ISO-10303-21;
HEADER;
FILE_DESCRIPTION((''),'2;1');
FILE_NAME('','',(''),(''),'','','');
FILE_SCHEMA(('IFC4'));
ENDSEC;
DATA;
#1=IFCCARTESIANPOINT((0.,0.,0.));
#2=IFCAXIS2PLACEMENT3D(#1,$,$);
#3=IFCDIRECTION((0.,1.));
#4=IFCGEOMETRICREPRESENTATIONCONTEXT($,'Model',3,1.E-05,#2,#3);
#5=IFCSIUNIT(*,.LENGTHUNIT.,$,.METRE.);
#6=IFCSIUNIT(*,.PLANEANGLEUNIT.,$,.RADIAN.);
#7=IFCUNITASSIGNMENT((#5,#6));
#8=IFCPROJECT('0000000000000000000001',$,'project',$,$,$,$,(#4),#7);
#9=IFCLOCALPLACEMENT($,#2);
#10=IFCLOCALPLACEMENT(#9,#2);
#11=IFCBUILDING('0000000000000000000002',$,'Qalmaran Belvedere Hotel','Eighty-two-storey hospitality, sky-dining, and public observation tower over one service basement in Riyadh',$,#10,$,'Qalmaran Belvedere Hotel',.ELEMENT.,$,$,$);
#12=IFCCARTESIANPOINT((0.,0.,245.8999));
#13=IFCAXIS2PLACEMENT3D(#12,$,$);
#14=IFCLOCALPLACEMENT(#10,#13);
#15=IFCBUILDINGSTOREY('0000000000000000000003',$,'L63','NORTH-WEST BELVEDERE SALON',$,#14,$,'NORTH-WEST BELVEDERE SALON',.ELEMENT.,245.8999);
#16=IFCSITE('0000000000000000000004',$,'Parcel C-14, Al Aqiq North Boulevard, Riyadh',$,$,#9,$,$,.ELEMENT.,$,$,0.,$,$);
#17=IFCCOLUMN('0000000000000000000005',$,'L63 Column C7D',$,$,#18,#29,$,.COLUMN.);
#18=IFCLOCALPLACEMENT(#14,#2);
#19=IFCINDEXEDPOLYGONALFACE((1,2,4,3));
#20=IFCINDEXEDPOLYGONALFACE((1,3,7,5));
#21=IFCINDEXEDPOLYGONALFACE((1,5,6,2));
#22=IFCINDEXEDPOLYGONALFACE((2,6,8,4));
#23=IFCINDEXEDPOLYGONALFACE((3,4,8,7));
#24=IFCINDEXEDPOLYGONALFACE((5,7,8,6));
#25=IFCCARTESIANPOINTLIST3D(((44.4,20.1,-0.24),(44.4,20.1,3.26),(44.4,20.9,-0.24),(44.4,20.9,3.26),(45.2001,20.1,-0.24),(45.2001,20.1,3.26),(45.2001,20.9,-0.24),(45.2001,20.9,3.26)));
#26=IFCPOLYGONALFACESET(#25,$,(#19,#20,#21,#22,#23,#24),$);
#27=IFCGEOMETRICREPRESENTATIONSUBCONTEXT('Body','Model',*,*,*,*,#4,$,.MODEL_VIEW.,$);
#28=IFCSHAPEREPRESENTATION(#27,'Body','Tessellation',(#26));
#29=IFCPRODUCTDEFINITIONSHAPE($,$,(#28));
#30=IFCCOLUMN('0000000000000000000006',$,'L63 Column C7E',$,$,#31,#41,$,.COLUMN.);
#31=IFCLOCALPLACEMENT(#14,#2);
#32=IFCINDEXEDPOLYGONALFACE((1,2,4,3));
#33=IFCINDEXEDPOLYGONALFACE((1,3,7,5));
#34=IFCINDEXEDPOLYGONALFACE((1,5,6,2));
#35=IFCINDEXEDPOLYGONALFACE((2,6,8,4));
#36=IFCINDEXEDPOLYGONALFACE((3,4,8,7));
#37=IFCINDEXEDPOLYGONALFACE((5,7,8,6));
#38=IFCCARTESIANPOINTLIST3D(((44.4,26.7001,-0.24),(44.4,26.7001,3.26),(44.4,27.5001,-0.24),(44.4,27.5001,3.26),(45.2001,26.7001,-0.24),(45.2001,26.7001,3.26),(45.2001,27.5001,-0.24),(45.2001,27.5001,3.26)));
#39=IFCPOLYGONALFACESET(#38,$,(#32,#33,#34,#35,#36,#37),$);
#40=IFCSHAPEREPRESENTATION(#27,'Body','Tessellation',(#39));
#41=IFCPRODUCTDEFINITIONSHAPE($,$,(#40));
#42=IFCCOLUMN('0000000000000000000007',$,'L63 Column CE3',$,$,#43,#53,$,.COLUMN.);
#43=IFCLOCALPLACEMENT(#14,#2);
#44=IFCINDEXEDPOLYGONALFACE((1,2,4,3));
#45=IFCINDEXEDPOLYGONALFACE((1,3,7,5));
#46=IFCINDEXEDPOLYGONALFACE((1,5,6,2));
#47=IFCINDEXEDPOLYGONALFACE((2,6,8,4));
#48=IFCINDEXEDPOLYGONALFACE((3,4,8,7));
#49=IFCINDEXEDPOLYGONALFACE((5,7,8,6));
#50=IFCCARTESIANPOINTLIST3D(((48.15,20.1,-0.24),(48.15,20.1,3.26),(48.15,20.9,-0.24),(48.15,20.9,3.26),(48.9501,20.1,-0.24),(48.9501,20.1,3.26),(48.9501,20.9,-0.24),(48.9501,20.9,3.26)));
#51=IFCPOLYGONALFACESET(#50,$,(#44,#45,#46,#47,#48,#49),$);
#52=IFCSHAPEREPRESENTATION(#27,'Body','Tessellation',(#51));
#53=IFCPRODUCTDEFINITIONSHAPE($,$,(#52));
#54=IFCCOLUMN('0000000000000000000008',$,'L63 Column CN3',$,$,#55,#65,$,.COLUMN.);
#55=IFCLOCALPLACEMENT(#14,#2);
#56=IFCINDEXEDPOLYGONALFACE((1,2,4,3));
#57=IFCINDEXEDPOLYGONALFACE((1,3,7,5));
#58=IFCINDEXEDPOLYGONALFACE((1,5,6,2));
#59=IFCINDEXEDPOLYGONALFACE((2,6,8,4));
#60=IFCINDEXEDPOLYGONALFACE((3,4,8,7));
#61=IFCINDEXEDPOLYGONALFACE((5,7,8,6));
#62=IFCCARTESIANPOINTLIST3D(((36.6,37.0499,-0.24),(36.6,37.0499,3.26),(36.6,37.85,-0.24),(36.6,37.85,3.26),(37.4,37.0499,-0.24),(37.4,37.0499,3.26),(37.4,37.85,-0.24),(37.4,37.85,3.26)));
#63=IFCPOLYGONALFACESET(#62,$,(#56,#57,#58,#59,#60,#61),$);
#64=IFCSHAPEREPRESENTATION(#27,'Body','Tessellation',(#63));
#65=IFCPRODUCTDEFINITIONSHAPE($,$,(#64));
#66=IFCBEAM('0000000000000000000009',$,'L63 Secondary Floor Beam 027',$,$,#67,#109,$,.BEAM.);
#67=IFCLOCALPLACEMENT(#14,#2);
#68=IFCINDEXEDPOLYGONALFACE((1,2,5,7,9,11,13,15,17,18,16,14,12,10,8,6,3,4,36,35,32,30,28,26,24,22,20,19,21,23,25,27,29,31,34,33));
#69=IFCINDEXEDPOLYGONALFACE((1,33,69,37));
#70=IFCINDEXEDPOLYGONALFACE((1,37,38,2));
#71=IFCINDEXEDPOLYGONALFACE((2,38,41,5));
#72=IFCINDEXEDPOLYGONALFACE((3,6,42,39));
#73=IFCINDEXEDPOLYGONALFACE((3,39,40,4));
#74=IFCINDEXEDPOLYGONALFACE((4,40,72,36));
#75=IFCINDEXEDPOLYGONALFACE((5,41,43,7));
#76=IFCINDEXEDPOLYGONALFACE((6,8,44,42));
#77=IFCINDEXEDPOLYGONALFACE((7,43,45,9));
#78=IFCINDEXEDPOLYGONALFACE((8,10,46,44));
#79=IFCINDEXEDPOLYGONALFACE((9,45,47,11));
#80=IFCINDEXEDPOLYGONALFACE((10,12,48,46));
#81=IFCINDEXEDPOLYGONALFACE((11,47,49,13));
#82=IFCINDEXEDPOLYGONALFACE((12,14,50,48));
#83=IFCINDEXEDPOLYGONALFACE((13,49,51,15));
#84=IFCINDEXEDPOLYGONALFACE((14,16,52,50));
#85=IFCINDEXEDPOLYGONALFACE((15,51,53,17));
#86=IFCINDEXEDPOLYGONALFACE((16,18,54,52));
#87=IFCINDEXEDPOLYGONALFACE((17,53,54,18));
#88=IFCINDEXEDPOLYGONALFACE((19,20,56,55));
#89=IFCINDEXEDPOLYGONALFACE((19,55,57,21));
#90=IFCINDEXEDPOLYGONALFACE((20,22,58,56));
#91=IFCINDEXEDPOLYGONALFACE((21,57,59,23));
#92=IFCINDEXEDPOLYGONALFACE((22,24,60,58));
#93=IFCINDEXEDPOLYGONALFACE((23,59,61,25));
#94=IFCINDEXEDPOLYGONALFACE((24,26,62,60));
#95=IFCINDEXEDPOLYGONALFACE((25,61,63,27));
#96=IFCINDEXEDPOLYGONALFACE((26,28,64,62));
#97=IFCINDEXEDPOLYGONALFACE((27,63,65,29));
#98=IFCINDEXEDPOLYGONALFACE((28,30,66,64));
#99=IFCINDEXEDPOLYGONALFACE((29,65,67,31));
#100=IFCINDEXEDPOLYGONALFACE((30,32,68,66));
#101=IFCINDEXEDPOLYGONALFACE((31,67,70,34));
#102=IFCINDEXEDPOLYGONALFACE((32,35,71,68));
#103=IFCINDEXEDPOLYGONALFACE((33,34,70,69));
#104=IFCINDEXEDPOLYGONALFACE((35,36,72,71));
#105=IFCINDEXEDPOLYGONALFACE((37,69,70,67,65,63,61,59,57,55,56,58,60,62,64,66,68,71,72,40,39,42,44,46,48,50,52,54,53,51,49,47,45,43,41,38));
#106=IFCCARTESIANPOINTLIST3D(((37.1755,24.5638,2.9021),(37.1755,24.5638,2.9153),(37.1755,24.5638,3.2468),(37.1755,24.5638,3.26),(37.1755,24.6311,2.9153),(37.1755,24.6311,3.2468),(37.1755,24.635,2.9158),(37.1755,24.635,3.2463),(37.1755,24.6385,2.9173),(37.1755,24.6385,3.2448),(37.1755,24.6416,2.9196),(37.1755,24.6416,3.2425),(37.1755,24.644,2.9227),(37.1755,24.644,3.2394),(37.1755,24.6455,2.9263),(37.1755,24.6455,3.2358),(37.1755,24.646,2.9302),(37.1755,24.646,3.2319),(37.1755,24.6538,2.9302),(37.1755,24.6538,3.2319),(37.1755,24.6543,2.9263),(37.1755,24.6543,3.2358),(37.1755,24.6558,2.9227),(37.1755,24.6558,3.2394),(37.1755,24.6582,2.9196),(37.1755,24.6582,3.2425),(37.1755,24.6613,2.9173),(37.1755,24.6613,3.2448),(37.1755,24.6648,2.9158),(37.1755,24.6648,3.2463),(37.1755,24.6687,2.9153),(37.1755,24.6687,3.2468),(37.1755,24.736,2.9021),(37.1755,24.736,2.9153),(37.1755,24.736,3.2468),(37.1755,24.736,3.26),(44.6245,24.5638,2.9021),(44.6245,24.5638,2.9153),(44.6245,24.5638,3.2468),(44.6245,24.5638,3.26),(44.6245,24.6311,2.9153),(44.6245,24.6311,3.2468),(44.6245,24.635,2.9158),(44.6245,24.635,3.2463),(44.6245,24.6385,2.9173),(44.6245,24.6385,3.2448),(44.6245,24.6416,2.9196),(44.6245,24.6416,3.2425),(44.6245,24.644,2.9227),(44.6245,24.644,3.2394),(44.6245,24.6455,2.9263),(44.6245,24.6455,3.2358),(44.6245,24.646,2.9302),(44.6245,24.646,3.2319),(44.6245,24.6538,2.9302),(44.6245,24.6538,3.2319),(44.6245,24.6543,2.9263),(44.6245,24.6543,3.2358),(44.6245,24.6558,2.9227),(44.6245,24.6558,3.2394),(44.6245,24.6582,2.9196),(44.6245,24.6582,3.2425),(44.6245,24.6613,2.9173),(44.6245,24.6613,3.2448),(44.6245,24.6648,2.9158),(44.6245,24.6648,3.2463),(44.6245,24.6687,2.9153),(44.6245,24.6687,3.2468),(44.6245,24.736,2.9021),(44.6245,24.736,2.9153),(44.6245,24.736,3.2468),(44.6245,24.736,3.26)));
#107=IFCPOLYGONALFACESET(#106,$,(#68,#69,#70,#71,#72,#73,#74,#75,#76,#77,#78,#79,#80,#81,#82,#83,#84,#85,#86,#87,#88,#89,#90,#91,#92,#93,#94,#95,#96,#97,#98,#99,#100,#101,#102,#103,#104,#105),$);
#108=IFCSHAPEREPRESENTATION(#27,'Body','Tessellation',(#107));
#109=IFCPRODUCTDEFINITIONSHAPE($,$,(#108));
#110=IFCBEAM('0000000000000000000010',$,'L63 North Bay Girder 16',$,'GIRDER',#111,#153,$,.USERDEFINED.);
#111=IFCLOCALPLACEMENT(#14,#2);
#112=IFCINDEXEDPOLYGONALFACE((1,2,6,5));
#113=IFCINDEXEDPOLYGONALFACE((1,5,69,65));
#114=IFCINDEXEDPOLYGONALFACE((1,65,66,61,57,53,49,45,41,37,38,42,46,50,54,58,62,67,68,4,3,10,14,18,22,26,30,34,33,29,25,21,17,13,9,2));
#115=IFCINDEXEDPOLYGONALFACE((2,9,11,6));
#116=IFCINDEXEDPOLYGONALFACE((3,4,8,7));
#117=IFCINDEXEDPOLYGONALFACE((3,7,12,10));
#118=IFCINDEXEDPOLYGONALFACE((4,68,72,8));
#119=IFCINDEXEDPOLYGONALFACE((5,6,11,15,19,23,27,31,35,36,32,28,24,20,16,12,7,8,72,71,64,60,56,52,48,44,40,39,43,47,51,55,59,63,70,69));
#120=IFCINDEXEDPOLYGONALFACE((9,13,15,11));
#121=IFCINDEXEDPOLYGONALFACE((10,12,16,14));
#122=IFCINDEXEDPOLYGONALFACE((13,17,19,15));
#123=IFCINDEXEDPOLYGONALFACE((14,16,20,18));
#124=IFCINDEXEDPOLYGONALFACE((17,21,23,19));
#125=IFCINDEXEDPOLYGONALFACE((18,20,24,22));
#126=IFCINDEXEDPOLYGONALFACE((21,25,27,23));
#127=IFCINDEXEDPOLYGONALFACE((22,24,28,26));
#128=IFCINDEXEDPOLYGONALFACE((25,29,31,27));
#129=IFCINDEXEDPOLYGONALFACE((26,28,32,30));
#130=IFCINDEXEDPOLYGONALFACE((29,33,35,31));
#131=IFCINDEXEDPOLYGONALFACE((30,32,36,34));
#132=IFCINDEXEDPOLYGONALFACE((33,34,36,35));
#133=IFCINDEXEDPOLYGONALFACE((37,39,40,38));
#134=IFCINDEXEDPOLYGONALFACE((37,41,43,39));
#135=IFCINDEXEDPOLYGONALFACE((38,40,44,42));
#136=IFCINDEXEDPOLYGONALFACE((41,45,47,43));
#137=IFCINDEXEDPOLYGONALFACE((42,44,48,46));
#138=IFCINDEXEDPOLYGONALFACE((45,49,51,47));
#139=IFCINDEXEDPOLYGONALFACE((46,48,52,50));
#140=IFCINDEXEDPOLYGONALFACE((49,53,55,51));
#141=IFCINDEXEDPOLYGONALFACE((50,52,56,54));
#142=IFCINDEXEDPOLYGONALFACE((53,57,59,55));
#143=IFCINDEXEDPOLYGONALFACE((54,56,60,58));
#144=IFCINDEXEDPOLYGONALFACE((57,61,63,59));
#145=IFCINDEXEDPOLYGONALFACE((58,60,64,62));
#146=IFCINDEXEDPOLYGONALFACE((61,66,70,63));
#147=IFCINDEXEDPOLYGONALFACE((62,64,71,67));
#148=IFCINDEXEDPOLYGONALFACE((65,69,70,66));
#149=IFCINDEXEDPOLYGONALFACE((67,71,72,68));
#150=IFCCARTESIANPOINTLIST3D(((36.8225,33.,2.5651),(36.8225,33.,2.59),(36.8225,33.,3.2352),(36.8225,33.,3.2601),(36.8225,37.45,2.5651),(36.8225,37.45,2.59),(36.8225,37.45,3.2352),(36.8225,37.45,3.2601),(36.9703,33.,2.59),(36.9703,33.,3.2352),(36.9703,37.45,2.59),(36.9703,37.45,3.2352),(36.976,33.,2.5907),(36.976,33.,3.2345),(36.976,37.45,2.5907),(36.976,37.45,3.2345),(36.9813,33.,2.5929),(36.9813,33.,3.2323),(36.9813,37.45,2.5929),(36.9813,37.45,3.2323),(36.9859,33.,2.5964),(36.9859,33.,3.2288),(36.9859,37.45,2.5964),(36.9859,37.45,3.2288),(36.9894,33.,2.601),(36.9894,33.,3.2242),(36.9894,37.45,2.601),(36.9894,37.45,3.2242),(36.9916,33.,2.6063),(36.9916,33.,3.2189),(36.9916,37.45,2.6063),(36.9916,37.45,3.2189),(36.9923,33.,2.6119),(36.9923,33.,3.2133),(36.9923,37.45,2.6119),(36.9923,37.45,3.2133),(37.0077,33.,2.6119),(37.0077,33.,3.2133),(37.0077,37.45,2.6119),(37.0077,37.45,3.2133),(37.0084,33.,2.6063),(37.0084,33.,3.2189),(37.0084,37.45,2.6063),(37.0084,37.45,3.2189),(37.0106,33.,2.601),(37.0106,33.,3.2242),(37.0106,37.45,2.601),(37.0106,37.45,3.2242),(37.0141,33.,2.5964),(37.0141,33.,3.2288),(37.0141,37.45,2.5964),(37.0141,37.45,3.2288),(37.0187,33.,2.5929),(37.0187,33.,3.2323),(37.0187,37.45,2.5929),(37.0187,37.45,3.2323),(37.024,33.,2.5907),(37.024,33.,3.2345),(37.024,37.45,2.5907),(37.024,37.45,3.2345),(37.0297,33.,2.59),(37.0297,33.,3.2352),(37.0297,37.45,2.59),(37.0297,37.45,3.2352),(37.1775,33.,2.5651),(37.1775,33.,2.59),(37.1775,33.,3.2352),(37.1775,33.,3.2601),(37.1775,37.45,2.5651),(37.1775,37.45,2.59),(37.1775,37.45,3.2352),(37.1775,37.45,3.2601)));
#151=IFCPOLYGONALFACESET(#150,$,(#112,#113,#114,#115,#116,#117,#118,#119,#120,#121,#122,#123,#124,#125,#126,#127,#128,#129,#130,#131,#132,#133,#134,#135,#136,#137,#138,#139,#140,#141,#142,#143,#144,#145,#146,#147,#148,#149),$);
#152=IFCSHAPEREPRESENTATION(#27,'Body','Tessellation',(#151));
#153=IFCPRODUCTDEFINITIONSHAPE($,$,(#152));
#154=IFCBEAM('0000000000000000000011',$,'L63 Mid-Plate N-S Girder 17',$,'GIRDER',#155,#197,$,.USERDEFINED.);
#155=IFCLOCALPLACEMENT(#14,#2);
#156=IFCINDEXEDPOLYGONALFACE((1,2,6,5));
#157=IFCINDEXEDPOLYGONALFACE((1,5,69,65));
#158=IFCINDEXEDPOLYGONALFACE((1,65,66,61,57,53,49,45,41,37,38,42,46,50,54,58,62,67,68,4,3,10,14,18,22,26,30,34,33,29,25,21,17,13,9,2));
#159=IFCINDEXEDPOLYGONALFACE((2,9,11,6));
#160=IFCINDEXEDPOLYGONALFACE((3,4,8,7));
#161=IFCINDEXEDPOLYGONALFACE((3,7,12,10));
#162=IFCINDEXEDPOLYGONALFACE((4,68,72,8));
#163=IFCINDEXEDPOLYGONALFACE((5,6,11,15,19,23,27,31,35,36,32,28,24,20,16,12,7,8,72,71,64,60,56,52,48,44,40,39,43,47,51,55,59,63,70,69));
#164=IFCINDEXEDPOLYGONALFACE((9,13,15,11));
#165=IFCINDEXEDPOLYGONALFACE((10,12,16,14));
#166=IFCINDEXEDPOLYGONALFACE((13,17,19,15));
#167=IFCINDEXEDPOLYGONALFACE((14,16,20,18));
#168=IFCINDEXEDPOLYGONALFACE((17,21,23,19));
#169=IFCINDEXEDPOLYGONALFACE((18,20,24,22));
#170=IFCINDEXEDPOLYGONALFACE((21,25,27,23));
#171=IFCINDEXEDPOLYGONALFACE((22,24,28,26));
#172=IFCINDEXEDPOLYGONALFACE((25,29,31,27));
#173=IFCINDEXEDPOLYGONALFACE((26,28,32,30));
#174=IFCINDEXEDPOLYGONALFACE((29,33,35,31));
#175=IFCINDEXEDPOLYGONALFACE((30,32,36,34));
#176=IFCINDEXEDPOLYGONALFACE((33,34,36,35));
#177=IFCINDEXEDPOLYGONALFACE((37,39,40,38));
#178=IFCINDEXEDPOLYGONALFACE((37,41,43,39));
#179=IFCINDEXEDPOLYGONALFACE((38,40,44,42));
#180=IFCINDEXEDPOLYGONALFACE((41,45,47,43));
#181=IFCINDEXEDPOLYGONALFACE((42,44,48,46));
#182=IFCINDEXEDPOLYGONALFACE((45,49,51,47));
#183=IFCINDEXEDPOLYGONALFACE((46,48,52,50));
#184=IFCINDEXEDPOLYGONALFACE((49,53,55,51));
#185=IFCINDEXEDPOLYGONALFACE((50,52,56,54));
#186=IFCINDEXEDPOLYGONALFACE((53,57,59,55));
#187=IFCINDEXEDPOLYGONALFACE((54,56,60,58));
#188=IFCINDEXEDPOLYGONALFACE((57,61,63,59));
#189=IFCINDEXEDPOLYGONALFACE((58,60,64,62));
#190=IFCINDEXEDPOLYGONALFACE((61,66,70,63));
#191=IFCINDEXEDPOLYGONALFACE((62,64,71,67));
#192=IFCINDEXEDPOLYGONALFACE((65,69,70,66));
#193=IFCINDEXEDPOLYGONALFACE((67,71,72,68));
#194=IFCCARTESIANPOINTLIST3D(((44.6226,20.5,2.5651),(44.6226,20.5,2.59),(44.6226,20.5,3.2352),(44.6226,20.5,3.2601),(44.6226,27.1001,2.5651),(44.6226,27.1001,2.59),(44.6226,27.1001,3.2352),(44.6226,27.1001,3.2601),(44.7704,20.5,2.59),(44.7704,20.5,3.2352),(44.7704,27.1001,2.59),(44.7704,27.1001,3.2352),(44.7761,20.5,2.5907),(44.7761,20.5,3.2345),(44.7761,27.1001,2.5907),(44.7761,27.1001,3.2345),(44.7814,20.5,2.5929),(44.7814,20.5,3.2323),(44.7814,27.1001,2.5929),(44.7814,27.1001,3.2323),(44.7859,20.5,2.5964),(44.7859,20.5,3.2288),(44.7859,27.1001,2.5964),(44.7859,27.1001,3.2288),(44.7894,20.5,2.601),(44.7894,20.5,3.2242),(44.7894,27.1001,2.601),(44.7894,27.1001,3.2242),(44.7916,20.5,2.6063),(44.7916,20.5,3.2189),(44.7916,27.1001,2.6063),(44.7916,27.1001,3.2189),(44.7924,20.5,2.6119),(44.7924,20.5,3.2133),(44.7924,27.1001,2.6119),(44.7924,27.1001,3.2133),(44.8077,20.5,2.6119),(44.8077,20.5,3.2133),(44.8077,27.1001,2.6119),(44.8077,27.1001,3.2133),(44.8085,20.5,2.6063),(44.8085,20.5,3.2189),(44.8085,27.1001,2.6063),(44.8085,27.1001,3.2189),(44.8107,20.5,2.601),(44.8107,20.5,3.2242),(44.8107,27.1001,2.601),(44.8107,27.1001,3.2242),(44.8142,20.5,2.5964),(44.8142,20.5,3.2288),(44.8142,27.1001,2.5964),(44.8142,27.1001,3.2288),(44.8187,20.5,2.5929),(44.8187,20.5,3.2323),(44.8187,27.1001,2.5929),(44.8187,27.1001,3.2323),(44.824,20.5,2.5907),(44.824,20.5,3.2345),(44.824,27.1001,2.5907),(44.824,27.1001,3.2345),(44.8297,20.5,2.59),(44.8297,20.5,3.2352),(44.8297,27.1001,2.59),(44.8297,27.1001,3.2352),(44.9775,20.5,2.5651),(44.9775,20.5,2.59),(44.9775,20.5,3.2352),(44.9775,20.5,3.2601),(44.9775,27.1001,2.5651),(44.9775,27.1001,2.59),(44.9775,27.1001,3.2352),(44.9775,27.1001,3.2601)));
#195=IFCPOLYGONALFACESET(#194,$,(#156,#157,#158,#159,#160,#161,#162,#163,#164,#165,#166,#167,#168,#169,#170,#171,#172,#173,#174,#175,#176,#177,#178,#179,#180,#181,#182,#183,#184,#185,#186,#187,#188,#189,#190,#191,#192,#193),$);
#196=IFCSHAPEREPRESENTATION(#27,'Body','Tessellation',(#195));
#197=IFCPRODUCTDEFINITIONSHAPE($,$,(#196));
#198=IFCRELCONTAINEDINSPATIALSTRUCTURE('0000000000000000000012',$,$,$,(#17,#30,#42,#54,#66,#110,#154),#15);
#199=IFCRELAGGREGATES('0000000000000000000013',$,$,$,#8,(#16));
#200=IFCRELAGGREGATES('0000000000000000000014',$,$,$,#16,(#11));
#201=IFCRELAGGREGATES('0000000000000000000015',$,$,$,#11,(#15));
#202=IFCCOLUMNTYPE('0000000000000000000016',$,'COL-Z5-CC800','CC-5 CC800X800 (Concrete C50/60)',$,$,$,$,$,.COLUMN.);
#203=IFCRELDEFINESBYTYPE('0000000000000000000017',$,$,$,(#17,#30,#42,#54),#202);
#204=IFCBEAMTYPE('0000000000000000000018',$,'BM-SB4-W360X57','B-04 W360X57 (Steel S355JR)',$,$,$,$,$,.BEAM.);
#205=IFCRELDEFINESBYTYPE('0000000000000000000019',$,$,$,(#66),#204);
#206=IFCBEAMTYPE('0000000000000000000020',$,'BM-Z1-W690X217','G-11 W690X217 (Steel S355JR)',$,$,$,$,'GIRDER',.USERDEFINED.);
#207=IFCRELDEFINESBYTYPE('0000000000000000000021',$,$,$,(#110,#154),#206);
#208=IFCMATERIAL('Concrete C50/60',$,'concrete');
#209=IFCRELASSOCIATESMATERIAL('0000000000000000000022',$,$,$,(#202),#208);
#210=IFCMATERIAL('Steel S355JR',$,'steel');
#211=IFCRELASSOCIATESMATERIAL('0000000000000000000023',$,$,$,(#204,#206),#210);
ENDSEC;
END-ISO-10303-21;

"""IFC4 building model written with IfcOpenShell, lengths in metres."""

from ifc_helpers import new_model, si_unit, direction, frame, origin, origin_2d, place, context, subcontext, project, spatial, rectangle, i_section, extrude, material, material_profile, profile_set, type_object, element, save


model = new_model("IFC4")

# Units and contexts
model_context = context("Model", 3, precision=1e-05, world=origin(), true_north=direction((0.0, 1.0)))
body_context = subcontext(model_context, "Body", "Model", "MODEL_VIEW")
ifc_project = project(units=[si_unit("LENGTHUNIT", "METRE"), si_unit("PLANEANGLEUNIT", "RADIAN")], contexts=[model_context])

# Site, building, storey
site_placement = place(None, origin())
site = spatial("IfcSite", under=ifc_project, at=site_placement, Name="Parcel C-14, Al Aqiq North Boulevard, Riyadh", CompositionType="ELEMENT", RefElevation=0.0)
building_placement = place(site_placement, origin())
building = spatial("IfcBuilding", under=site, at=building_placement, Name="Qalmaran Belvedere Hotel", Description="Eighty-two-storey hospitality, sky-dining, and public observation tower over one service basement in Riyadh", LongName="Qalmaran Belvedere Hotel", CompositionType="ELEMENT")
storey_placement = place(building_placement, frame((0.0, 0.0, 245.8999)))
storey = spatial("IfcBuildingStorey", under=building, at=storey_placement, Name="L63", Description="NORTH-WEST BELVEDERE SALON", LongName="NORTH-WEST BELVEDERE SALON", CompositionType="ELEMENT", Elevation=245.8999)

# Columns
ifc_material_1 = material(Name="Concrete C50/60", Category="concrete")
ifc_material_profile_1 = material_profile(ifc_material_1, rectangle(XDim=0.8, YDim=0.8, at=origin_2d()), Name="CC800X800")
ifc_profile_set_1 = profile_set([ifc_material_profile_1], Name="Concrete C50/60")
column_type = type_object("IfcColumnType", Name="COL-Z5-CC800", Description="CC-5 CC800X800 (Concrete C50/60)", PredefinedType="COLUMN", material=ifc_profile_set_1)
for number, where, z_axis, x_axis, name in (
    (1, (44.8, 20.5, -0.24), (0.0, 0.0, 1.0), (1.0, 0.0, 0.0), "L63 Column C7D"),
    (2, (44.8, 27.1001, -0.24), (0.0, 0.0, 1.0), (1.0, 0.0, 0.0), "L63 Column C7E"),
    (3, (48.55, 20.5, -0.24), (0.0, 0.0, 1.0), (1.0, 0.0, 0.0), "L63 Column CE3"),
    (4, (37.0, 37.45, -0.24), (0.0, 0.0, 1.0), (1.0, 0.0, 0.0), "L63 Column CN3"),
):
    element("IfcColumn", number, at=place(storey_placement, frame(where, z_axis=z_axis, x_axis=x_axis)), inside=storey, type_object=column_type, Name=name, PredefinedType="COLUMN", context=body_context, shape_type="SweptSolid", body=[
        extrude(rectangle(XDim=0.8, YDim=0.8, at=origin_2d()), origin(), (0.0, 0.0, 1.0), 3.5),
    ])

# Beams
ifc_material_2 = material(Name="Steel S355JR", Category="steel")
ifc_material_profile_2 = material_profile(ifc_material_2, i_section(OverallWidth=0.1721, OverallDepth=0.3579, WebThickness=0.0078, FlangeThickness=0.0132, FilletRadius=0.0149, at=origin_2d()), Name="W360X57")
ifc_profile_set_2 = profile_set([ifc_material_profile_2], Name="Steel S355JR")
beam_type_1 = type_object("IfcBeamType", Name="BM-SB4-W360X57", Description="B-04 W360X57 (Steel S355JR)", PredefinedType="BEAM", material=ifc_profile_set_2)
beam_1_placement = place(storey_placement, frame((37.1755, 24.6499, 3.0811), z_axis=(1.0, 0.0, 0.0), x_axis=(0.0, 1.0, 0.0)))
element("IfcBeam", 5, at=beam_1_placement, inside=storey, type_object=beam_type_1, Name="L63 Secondary Floor Beam 027", PredefinedType="BEAM", context=body_context, shape_type="SweptSolid", body=[
    extrude(i_section(OverallWidth=0.1721, OverallDepth=0.3579, WebThickness=0.0078, FlangeThickness=0.0132, FilletRadius=0.0149, at=origin_2d()), origin(), (0.0, 0.0, 1.0), 7.449),
])
ifc_material_profile_3 = material_profile(ifc_material_2, i_section(OverallWidth=0.355, OverallDepth=0.6951, WebThickness=0.0154, FlangeThickness=0.0249, FilletRadius=0.022, at=origin_2d()), Name="W690X217")
ifc_profile_set_3 = profile_set([ifc_material_profile_3], Name="Steel S355JR")
beam_type_2 = type_object("IfcBeamType", Name="BM-Z1-W690X217", Description="G-11 W690X217 (Steel S355JR)", ElementType="GIRDER", PredefinedType="USERDEFINED", material=ifc_profile_set_3)
beam_2_placement = place(storey_placement, frame((37.0, 33.0, 2.9126), z_axis=(0.0, 1.0, 0.0), x_axis=(-1.0, 0.0, 0.0)))
element("IfcBeam", 6, at=beam_2_placement, inside=storey, type_object=beam_type_2, Name="L63 North Bay Girder 16", ObjectType="GIRDER", PredefinedType="USERDEFINED", context=body_context, shape_type="SweptSolid", body=[
    extrude(i_section(OverallWidth=0.355, OverallDepth=0.6951, WebThickness=0.0154, FlangeThickness=0.0249, FilletRadius=0.022, at=origin_2d()), origin(), (0.0, 0.0, 1.0), 4.45),
])
beam_3_placement = place(storey_placement, frame((44.8, 20.5, 2.9126), z_axis=(0.0, 1.0, 0.0), x_axis=(-1.0, 0.0, 0.0)))
element("IfcBeam", 7, at=beam_3_placement, inside=storey, type_object=beam_type_2, Name="L63 Mid-Plate N-S Girder 17", ObjectType="GIRDER", PredefinedType="USERDEFINED", context=body_context, shape_type="SweptSolid", body=[
    extrude(i_section(OverallWidth=0.355, OverallDepth=0.6951, WebThickness=0.0154, FlangeThickness=0.0249, FilletRadius=0.022, at=origin_2d()), origin(), (0.0, 0.0, 1.0), 6.6001),
])

save(model, "model.ifc")
